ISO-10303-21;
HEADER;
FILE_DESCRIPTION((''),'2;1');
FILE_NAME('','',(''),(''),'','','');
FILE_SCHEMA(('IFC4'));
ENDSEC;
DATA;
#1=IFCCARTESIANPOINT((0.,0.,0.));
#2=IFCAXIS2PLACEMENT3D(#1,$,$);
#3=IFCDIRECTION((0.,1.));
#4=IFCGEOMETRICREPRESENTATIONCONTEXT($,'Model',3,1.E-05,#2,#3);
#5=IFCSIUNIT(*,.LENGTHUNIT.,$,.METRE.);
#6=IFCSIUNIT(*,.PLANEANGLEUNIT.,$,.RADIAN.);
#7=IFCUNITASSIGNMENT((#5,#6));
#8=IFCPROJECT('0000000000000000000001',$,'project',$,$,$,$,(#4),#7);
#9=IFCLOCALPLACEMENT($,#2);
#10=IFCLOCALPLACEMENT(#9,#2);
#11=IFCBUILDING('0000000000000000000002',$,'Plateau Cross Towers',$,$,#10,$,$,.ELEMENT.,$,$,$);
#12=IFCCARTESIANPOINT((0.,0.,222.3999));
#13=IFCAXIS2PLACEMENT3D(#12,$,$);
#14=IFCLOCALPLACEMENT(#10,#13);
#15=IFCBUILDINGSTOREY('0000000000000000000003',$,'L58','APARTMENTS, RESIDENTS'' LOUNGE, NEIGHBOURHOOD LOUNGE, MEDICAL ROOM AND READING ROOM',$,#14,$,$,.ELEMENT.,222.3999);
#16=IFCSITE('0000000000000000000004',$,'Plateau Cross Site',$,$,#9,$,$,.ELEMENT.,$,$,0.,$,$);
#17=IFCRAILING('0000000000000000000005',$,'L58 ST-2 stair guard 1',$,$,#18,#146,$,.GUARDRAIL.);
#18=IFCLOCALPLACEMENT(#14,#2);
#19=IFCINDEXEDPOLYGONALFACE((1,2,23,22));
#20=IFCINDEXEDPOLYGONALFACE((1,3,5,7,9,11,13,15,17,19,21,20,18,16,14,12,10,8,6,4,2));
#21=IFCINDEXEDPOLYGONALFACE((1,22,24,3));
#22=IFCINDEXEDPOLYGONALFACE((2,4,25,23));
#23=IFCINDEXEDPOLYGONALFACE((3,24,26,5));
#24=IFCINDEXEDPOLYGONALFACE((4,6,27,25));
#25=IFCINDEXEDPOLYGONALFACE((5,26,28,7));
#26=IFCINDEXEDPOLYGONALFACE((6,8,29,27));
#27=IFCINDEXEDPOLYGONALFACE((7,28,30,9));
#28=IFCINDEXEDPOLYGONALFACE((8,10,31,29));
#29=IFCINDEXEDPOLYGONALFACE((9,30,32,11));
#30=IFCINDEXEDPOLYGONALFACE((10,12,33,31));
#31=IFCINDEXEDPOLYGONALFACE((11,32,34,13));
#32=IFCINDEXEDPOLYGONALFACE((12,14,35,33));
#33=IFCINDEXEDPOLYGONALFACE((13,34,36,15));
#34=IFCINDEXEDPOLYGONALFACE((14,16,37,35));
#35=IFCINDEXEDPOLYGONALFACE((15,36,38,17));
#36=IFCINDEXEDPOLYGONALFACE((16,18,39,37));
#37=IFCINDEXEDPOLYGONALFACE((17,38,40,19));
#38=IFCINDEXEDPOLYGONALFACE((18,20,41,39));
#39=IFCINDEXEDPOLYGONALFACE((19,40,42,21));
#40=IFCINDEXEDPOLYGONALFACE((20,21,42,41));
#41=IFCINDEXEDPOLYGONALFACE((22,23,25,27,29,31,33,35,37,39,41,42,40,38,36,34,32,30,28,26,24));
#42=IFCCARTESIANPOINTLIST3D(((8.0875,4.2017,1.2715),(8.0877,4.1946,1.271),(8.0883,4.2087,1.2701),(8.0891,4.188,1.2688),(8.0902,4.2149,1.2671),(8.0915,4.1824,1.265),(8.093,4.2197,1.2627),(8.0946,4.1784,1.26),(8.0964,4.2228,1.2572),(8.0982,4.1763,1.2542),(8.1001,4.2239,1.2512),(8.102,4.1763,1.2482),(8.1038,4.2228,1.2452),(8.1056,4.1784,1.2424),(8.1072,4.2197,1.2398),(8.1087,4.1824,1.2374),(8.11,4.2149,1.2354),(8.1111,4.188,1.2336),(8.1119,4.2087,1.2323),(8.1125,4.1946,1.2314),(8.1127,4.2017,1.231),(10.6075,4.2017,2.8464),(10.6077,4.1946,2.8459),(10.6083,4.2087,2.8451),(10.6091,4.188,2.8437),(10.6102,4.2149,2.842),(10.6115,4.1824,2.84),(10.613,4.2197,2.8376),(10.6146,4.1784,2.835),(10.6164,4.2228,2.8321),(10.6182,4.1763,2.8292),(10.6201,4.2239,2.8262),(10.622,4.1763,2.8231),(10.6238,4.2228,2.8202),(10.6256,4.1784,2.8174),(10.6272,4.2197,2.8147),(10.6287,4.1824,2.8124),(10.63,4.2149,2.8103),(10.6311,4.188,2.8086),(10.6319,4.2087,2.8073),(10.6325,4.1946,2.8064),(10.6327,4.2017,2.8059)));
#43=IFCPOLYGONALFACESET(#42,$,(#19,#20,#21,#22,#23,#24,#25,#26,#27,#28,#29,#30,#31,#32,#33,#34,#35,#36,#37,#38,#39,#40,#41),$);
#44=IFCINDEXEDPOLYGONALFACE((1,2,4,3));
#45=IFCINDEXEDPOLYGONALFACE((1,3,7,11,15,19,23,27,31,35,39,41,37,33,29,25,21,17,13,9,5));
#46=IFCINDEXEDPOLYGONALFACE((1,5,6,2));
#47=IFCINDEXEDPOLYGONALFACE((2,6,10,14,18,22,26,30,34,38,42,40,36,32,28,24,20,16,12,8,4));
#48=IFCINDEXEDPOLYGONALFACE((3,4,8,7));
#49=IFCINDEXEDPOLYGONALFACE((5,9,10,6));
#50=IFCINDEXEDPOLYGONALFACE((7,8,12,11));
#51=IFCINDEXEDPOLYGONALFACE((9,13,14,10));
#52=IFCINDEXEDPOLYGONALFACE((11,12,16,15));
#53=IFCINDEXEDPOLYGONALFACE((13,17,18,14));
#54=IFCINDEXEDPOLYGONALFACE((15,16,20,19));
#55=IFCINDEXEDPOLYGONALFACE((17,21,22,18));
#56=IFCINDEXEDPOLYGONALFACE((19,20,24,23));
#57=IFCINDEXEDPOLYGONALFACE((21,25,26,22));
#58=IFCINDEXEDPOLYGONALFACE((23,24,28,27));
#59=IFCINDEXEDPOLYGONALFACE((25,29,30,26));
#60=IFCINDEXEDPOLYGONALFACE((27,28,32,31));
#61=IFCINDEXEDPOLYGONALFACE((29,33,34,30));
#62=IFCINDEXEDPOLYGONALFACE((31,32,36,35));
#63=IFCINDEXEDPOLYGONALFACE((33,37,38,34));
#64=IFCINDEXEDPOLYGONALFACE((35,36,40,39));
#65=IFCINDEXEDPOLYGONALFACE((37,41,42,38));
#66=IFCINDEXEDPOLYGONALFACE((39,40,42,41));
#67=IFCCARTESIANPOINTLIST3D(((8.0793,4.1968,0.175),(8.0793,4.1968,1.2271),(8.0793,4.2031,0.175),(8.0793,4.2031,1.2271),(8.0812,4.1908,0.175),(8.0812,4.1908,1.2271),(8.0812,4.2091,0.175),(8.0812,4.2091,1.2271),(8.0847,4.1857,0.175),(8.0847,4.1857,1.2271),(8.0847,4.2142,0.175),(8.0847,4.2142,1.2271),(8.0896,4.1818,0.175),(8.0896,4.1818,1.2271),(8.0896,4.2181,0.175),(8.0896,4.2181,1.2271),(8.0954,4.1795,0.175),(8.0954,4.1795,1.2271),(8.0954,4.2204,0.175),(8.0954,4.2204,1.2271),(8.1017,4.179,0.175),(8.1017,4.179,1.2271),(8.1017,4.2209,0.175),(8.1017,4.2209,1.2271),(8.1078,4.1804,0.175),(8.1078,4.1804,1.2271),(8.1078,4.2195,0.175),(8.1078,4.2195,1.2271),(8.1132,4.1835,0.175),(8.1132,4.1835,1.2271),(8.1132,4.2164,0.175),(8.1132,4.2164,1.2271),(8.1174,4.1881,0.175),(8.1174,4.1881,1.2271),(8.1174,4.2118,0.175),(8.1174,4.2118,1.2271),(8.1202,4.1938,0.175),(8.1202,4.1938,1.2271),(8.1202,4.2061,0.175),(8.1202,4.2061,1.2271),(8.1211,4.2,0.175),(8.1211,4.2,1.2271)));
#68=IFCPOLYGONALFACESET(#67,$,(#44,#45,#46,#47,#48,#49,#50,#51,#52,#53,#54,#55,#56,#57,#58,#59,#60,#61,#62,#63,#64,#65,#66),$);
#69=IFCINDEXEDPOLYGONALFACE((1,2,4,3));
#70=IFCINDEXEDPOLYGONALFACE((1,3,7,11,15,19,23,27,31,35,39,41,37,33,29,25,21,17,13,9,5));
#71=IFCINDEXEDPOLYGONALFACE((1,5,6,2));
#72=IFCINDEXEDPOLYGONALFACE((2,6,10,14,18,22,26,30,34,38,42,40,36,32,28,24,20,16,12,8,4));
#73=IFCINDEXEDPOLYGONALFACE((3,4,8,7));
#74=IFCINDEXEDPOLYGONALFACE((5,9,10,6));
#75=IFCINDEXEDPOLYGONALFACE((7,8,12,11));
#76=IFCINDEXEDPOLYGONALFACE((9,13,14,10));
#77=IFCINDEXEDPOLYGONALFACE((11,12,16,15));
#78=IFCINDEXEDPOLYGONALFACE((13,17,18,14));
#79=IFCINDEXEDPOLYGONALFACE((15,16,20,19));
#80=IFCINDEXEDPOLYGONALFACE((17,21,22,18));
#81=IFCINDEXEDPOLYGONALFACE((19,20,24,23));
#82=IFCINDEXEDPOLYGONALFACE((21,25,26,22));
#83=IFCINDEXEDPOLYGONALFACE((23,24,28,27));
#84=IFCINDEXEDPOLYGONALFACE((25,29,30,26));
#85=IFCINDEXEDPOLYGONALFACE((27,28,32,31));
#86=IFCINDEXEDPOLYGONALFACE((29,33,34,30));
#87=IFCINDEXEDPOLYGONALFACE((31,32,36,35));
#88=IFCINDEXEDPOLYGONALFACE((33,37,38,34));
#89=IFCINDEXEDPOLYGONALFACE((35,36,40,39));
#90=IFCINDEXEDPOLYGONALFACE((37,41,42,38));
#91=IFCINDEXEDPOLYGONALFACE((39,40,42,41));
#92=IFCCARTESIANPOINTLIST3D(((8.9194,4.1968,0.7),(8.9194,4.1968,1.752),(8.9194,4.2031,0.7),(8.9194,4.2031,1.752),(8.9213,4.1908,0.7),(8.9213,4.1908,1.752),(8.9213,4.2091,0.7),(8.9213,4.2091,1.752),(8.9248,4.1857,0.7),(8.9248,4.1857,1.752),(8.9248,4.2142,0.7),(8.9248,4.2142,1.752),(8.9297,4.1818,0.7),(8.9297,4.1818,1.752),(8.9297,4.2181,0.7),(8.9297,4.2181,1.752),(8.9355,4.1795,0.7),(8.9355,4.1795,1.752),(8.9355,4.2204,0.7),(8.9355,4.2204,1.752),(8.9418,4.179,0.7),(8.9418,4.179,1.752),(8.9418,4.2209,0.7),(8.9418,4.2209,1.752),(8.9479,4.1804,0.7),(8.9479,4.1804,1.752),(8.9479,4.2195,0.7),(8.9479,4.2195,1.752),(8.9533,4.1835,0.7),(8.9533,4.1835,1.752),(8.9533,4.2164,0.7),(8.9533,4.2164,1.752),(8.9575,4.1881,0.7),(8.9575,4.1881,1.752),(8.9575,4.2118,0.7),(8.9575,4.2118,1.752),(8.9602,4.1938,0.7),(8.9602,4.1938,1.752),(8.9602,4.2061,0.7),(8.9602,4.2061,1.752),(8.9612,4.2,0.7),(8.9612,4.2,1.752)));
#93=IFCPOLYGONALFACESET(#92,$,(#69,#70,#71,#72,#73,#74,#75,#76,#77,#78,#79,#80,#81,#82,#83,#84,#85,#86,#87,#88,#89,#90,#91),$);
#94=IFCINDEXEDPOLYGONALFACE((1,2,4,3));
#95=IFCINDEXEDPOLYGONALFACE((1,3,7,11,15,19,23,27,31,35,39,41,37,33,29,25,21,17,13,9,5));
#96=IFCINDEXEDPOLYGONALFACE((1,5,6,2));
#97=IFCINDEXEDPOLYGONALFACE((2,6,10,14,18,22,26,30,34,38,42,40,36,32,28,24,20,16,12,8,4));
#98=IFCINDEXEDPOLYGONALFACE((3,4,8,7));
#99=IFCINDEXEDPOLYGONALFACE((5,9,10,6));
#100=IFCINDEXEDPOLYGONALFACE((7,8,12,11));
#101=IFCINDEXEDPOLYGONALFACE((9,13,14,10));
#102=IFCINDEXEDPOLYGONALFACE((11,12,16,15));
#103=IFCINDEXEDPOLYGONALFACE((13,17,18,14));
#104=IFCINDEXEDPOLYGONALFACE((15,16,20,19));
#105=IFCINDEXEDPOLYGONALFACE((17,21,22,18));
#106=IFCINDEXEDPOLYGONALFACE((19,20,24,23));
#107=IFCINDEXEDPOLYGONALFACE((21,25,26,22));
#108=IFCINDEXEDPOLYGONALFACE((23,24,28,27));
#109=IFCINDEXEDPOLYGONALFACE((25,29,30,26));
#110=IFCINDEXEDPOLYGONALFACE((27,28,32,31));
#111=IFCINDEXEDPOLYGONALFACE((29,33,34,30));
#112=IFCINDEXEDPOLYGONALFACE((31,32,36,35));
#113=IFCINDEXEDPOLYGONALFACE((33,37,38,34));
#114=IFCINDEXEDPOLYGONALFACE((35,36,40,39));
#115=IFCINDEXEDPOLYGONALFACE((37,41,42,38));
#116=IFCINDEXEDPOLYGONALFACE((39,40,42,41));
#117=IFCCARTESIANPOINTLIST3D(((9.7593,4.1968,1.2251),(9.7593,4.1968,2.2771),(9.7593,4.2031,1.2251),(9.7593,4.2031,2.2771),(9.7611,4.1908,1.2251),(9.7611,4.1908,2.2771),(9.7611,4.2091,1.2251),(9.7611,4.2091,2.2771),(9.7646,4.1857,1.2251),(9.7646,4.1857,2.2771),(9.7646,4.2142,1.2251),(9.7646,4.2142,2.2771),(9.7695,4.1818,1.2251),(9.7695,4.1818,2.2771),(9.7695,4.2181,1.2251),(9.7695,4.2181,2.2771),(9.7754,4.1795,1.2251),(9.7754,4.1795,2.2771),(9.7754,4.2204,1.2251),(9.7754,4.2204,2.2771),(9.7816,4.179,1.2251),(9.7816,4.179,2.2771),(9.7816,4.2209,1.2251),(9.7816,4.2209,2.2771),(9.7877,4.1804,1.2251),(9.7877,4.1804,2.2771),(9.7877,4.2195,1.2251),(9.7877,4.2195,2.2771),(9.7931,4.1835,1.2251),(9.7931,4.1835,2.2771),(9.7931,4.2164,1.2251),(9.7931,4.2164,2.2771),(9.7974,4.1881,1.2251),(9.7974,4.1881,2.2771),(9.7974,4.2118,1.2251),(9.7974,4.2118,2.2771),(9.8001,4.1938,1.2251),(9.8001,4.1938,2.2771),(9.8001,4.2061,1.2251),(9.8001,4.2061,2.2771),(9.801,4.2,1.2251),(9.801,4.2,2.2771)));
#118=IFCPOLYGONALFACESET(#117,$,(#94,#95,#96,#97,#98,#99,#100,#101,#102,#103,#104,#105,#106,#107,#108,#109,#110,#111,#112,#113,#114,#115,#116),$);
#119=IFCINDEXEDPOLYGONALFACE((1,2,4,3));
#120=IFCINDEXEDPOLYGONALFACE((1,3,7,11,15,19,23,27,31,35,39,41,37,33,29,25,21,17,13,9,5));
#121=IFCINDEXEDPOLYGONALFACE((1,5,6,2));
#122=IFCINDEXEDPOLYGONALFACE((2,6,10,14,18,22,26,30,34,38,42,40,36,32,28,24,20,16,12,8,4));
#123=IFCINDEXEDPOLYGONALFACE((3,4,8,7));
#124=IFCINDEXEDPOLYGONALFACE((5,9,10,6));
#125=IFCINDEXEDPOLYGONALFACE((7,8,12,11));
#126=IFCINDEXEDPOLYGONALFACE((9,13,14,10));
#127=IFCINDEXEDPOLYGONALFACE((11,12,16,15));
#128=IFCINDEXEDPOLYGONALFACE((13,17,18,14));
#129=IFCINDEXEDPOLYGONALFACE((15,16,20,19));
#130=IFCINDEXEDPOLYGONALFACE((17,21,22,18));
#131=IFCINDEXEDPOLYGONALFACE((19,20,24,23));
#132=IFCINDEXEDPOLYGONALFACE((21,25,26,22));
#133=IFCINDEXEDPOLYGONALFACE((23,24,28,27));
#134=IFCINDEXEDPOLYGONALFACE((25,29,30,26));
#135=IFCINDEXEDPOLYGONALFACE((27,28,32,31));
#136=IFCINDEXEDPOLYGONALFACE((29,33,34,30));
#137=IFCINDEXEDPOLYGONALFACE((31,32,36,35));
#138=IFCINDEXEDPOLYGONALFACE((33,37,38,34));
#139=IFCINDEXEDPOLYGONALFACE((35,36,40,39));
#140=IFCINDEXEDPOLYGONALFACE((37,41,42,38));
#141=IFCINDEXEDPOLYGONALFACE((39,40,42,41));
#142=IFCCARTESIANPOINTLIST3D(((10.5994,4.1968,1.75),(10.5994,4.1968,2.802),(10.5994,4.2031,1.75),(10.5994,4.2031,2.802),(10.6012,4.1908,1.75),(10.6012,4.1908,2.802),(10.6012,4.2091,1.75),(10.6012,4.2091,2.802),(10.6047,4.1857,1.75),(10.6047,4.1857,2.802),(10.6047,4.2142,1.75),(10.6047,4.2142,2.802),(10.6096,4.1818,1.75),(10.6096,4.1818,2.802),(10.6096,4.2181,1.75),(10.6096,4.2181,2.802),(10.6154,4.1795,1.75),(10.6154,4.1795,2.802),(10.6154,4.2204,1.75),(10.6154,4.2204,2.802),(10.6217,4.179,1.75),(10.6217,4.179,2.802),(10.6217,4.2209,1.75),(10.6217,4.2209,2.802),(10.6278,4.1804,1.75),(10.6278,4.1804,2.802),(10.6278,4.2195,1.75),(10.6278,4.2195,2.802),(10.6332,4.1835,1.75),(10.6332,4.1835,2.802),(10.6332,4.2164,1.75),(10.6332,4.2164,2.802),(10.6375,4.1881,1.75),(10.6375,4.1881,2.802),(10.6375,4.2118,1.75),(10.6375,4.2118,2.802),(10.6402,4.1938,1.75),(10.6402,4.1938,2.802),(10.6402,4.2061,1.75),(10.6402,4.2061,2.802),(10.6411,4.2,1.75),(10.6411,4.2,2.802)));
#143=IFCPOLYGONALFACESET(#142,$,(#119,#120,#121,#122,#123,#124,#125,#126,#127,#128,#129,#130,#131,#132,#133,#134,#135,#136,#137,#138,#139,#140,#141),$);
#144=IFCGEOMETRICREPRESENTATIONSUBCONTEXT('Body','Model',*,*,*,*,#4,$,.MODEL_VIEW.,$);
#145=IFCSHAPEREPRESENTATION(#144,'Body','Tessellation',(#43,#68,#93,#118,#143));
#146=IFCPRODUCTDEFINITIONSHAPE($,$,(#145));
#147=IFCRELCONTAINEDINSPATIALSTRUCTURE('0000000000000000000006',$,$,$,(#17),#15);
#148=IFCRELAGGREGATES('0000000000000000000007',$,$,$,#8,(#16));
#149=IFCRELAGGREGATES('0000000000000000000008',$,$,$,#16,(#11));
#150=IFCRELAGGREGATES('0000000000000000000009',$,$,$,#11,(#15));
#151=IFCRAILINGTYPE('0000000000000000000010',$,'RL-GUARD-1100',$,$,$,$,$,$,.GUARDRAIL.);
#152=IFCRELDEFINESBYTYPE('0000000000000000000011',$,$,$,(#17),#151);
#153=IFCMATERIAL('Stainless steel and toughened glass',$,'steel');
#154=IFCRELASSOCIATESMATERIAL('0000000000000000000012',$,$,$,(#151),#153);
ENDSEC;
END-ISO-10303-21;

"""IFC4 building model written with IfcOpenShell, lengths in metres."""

from ifc_helpers import new_model, si_unit, direction, frame, origin, origin_2d, place, context, subcontext, project, spatial, circle, extrude, material, type_object, element, save


model = new_model("IFC4")

# Units and contexts
model_context = context("Model", 3, precision=1e-05, world=origin(), true_north=direction((0.0, 1.0)))
body_context = subcontext(model_context, "Body", "Model", "MODEL_VIEW")
ifc_project = project(units=[si_unit("LENGTHUNIT", "METRE"), si_unit("PLANEANGLEUNIT", "RADIAN")], contexts=[model_context])

# Site, building, storey
site_placement = place(None, origin())
site = spatial("IfcSite", under=ifc_project, at=site_placement, Name="Plateau Cross Site", CompositionType="ELEMENT", RefElevation=0.0)
building_placement = place(site_placement, origin())
building = spatial("IfcBuilding", under=site, at=building_placement, Name="Plateau Cross Towers", CompositionType="ELEMENT")
storey_placement = place(building_placement, frame((0.0, 0.0, 222.3999)))
storey = spatial("IfcBuildingStorey", under=building, at=storey_placement, Name="L58", Description="APARTMENTS, RESIDENTS' LOUNGE, NEIGHBOURHOOD LOUNGE, MEDICAL ROOM AND READING ROOM", CompositionType="ELEMENT", Elevation=222.3999)

# Railing
ifc_material_1 = material(Name="Stainless steel and toughened glass", Category="steel")
railing_type_1 = type_object("IfcRailingType", Name="RL-GUARD-1100", PredefinedType="GUARDRAIL", material=ifc_material_1)
railing_1_placement = place(storey_placement, frame((8.1001, 4.2, 0.175)))
element("IfcRailing", 1, at=railing_1_placement, inside=storey, type_object=railing_type_1, Name="L58 ST-2 stair guard 1", PredefinedType="GUARDRAIL", context=body_context, shape_type="SweptSolid", body=[
    extrude(circle(Radius=0.0239, at=origin_2d()), frame((0.0, 0.0, 1.0762), z_axis=(0.848008, 0.0, 0.529984), x_axis=(0.0, 1.0, 0.0)), (0.0, 0.0, 1.0), 2.9717),
    extrude(circle(Radius=0.021, at=origin_2d()), origin(), (0.0, 0.0, 1.0), 1.052),
    extrude(circle(Radius=0.021, at=origin_2d()), frame((0.8401, 0.0, 0.5249)), (0.0, 0.0, 1.0), 1.052),
    extrude(circle(Radius=0.021, at=origin_2d()), frame((1.6799, 0.0, 1.05)), (0.0, 0.0, 1.0), 1.052),
    extrude(circle(Radius=0.021, at=origin_2d()), frame((2.52, 0.0, 1.575)), (0.0, 0.0, 1.0), 1.052),
])

save(model, "model.ifc")
